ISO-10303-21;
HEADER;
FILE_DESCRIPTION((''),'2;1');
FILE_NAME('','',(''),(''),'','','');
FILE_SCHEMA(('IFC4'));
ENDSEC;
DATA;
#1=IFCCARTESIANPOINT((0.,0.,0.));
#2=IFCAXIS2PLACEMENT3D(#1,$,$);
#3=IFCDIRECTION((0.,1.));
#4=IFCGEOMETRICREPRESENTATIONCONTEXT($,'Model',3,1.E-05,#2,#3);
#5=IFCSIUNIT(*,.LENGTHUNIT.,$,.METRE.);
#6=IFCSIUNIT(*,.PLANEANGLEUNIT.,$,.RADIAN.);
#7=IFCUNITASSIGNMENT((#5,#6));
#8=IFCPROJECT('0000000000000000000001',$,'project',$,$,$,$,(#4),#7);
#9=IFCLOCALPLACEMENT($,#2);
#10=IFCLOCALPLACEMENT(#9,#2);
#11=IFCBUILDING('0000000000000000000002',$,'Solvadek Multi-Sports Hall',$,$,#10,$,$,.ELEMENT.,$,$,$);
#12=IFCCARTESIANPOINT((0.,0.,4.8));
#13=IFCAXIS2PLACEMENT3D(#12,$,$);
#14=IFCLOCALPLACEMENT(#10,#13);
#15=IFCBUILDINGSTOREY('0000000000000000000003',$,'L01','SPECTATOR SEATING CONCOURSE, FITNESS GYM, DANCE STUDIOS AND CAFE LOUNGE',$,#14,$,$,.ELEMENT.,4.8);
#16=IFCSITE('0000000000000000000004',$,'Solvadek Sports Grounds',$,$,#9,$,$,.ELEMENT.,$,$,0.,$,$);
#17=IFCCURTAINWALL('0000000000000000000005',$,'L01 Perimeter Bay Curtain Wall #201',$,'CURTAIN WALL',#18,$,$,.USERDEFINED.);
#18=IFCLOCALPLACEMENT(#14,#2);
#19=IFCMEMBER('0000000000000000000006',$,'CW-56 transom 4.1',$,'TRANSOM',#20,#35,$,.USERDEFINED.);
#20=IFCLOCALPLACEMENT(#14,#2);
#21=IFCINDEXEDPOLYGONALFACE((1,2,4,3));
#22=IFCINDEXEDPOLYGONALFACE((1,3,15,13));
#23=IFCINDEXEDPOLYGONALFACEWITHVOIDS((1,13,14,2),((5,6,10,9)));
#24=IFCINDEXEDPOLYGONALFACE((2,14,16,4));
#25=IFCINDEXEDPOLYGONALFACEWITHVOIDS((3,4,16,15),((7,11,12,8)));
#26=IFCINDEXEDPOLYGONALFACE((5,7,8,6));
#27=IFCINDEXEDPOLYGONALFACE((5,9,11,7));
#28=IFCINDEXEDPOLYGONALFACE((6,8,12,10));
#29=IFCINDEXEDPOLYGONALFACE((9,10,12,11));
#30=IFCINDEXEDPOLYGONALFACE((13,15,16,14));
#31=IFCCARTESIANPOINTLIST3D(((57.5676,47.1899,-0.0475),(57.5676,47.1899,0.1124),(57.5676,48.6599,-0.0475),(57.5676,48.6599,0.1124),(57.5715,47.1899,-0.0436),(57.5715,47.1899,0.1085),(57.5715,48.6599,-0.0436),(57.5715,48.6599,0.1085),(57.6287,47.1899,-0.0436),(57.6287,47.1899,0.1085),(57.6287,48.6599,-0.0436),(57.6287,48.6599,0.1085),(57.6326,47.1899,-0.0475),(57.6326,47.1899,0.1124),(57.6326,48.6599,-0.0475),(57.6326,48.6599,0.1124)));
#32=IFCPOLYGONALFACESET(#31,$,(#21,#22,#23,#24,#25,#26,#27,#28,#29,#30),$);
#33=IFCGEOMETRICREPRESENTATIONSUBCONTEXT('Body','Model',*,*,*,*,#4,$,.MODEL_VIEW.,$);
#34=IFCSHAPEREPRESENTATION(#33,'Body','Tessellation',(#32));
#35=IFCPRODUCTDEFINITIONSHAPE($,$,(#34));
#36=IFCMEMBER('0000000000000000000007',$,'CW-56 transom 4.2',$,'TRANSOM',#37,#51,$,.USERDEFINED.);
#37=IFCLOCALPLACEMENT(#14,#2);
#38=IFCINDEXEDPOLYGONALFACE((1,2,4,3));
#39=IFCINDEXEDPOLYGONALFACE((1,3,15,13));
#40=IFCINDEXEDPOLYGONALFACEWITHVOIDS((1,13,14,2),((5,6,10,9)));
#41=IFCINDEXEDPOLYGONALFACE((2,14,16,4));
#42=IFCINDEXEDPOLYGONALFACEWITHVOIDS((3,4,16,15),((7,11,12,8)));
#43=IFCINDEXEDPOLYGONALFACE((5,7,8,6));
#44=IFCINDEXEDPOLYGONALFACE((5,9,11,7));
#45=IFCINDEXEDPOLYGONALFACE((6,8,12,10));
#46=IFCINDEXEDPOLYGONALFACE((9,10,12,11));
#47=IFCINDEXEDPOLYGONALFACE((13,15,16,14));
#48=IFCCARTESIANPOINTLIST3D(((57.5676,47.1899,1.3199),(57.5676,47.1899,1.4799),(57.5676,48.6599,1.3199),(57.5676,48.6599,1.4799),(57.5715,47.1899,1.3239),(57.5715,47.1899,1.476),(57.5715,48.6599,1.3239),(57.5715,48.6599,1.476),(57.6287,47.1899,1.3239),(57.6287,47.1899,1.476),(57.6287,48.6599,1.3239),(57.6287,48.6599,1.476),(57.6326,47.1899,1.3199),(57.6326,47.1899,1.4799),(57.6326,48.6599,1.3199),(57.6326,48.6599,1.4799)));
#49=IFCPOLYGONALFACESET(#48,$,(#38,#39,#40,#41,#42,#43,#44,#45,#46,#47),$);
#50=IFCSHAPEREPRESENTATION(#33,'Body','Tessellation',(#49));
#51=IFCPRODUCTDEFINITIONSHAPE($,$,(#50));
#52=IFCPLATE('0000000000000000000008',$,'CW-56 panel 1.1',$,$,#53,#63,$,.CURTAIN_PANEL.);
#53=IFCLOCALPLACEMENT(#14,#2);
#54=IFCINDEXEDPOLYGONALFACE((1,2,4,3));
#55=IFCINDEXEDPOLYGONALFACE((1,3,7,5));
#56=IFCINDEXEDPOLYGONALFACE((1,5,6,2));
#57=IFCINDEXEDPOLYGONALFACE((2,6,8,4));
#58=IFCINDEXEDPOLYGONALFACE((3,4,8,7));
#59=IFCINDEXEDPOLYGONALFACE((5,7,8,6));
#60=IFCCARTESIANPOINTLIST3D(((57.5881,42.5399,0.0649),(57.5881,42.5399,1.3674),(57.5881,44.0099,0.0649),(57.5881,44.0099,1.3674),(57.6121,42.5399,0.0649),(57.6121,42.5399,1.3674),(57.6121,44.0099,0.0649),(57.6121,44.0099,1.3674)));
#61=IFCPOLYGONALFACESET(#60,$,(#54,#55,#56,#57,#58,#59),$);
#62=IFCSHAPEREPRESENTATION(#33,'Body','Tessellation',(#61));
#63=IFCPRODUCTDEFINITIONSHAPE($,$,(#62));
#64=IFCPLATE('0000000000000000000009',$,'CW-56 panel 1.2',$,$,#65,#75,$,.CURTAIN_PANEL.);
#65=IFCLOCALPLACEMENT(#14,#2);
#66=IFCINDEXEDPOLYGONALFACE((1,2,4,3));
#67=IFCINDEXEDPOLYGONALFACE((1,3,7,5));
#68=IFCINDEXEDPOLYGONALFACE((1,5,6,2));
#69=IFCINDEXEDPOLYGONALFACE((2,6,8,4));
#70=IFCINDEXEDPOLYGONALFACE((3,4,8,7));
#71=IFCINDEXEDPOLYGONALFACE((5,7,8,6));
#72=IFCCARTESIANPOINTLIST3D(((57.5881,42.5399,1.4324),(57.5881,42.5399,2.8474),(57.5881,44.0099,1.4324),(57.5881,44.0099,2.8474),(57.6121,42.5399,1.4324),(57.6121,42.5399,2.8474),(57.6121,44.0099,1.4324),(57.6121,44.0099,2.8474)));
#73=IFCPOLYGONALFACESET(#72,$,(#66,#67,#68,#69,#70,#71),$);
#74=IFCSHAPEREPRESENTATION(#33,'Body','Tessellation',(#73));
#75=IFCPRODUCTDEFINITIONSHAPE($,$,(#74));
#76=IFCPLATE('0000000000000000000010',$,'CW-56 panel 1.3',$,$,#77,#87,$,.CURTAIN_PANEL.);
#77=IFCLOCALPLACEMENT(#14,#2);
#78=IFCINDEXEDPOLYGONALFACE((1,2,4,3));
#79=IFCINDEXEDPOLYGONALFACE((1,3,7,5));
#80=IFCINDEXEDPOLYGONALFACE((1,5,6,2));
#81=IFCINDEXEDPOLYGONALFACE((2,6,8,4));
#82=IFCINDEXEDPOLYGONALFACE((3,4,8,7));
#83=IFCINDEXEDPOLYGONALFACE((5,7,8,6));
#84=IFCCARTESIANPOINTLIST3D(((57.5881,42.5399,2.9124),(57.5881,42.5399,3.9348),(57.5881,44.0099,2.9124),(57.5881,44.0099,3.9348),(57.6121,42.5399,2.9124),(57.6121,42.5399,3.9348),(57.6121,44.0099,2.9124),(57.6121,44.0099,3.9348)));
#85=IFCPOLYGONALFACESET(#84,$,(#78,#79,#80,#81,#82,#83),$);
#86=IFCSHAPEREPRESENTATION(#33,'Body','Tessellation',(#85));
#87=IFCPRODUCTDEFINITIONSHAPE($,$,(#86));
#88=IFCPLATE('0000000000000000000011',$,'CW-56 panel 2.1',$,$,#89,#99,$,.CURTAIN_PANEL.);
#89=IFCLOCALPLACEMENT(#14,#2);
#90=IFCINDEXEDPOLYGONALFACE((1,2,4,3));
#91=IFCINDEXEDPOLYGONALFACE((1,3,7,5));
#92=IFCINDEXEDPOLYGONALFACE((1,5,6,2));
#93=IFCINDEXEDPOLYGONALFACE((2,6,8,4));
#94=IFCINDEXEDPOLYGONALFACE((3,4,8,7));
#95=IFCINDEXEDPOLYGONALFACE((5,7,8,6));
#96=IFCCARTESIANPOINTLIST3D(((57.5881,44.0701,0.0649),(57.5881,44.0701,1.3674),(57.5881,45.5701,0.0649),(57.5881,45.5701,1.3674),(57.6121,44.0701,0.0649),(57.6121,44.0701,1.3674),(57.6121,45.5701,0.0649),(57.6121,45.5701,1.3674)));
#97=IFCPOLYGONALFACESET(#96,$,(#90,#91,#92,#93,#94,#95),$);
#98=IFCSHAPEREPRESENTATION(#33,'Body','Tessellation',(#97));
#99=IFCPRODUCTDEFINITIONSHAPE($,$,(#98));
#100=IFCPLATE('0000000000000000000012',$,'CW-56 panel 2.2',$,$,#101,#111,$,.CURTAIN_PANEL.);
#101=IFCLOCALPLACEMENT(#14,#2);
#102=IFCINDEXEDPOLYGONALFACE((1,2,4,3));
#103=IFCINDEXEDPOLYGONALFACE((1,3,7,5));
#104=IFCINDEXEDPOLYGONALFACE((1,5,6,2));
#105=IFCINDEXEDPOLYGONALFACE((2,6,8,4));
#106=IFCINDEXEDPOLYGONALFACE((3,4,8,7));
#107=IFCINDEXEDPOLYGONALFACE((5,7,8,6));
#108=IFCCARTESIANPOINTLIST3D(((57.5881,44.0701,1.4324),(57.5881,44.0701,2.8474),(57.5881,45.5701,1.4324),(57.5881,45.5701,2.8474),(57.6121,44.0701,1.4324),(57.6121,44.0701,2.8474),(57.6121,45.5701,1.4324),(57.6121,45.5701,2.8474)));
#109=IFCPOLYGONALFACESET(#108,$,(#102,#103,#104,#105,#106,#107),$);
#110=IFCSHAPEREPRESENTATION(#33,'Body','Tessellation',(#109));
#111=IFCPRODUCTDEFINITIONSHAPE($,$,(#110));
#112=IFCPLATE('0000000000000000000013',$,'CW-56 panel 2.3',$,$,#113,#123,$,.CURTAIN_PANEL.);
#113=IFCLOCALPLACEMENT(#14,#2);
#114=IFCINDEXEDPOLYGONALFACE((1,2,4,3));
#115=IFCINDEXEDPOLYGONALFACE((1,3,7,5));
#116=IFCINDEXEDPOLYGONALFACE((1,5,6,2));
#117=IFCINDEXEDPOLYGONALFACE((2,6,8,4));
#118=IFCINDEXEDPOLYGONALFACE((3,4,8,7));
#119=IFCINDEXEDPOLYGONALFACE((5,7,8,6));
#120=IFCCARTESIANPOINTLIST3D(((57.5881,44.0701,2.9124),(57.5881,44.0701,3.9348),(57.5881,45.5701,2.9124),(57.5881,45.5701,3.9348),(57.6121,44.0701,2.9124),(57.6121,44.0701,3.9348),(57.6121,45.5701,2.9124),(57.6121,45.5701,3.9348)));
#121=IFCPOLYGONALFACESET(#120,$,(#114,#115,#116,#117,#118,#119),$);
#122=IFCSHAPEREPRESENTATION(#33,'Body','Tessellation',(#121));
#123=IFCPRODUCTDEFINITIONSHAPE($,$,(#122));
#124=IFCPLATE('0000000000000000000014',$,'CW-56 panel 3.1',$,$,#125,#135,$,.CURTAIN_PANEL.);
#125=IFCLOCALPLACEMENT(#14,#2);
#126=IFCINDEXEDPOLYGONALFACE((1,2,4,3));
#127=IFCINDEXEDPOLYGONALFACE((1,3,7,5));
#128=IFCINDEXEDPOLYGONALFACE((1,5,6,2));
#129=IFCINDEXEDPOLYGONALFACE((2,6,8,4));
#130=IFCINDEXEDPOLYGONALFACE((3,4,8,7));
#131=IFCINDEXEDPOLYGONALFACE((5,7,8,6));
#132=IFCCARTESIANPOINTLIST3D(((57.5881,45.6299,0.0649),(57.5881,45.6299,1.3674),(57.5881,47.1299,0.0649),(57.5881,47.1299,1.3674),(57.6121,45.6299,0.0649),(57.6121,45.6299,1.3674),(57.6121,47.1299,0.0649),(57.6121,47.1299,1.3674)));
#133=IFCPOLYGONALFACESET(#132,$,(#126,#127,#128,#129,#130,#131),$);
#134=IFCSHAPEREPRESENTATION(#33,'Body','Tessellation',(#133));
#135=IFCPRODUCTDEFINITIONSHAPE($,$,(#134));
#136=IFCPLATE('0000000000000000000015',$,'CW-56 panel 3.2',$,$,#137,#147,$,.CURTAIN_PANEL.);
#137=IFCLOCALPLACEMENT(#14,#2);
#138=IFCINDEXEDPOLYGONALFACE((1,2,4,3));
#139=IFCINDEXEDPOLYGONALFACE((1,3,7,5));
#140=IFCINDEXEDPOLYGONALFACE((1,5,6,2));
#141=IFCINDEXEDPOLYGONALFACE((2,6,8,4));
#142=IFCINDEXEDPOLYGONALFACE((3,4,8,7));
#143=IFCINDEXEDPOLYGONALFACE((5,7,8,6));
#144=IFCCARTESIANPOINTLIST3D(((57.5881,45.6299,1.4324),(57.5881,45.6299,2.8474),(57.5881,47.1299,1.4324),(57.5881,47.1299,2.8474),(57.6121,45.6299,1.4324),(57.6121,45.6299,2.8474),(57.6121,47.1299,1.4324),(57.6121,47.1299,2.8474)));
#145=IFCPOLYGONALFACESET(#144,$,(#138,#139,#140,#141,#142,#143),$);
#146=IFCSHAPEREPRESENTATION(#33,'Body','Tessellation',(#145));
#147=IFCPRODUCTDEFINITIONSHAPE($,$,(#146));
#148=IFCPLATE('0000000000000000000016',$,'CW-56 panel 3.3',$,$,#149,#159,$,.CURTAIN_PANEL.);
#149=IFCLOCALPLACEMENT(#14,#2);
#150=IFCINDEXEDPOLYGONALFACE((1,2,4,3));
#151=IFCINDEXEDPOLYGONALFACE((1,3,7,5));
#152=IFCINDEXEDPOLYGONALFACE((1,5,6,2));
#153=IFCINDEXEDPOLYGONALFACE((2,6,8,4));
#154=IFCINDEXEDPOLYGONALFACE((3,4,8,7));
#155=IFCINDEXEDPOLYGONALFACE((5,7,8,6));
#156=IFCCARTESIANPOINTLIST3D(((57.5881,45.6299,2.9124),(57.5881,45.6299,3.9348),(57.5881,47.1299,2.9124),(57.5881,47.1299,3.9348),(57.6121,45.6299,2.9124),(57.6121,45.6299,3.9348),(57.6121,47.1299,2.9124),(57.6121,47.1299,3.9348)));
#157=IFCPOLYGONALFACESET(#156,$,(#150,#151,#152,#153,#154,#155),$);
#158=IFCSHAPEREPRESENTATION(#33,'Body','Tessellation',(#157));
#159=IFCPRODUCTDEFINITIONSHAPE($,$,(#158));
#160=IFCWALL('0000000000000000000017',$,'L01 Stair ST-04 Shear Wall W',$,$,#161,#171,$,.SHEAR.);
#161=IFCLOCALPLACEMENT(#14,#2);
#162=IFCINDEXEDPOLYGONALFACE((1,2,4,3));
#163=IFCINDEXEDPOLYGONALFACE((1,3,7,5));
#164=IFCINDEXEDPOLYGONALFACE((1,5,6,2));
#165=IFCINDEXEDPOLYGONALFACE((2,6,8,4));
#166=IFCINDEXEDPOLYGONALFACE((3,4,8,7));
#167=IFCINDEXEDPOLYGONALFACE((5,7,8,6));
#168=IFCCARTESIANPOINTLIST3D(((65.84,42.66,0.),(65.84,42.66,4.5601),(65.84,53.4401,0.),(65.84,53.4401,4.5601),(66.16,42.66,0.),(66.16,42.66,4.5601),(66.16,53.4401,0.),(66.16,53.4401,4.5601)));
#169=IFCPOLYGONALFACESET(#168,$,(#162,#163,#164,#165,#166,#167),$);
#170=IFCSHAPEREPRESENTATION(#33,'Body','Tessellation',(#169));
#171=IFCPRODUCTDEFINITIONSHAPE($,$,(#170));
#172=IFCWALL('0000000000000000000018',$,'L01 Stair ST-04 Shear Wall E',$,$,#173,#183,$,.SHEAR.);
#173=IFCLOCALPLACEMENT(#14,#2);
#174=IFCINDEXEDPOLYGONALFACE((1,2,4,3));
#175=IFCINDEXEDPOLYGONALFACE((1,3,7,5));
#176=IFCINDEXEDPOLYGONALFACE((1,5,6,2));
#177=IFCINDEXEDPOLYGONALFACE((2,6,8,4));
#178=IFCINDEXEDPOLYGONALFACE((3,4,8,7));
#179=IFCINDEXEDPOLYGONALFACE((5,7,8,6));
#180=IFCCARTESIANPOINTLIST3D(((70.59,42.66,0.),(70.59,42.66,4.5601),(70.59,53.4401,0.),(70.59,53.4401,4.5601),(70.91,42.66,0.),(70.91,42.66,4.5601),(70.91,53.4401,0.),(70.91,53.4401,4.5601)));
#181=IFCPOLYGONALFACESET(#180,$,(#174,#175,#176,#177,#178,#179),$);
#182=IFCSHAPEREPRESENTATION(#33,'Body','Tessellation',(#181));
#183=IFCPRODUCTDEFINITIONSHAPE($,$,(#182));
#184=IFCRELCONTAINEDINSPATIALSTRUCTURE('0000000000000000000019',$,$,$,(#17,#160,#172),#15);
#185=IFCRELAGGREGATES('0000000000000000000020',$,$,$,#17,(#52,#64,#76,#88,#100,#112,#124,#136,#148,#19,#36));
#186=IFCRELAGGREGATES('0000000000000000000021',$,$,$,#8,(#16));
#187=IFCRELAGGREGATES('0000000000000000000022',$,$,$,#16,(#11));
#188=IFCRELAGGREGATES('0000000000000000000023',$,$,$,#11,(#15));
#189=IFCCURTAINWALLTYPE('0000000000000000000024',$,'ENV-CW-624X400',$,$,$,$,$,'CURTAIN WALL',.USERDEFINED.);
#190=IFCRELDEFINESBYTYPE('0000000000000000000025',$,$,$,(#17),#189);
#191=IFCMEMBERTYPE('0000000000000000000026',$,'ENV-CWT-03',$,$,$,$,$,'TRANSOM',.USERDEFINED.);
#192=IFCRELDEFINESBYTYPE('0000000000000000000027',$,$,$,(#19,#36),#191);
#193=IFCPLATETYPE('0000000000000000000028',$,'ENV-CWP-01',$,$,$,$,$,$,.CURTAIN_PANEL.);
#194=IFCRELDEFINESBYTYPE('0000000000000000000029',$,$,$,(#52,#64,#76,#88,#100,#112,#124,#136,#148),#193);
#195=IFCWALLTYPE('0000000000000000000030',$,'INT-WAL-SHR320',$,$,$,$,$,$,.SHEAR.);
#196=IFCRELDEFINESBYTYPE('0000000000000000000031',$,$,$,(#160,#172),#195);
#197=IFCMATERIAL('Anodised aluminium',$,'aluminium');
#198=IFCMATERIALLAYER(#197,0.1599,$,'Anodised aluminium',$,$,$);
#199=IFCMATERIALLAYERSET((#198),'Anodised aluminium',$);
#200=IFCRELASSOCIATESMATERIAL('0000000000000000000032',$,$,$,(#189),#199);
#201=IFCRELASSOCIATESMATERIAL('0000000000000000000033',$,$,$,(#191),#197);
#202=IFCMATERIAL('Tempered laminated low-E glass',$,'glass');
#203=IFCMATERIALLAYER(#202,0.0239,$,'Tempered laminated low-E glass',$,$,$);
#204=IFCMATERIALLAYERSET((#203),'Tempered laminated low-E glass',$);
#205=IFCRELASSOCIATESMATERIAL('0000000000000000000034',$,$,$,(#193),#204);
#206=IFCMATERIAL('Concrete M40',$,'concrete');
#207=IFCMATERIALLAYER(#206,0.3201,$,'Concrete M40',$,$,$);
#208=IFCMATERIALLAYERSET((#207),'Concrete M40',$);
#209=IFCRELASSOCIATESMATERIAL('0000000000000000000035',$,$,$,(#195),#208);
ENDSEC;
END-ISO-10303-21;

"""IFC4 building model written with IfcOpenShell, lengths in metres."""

from ifc_helpers import new_model, si_unit, direction, frame, frame_2d, origin, origin_2d, place, context, subcontext, project, spatial, rectangle, hollow_rectangle, extrude, material, layer, layer_set, material_profile, profile_set, type_object, element, aggregate, save


model = new_model("IFC4")

# Units and contexts
model_context = context("Model", 3, precision=1e-05, world=origin(), true_north=direction((0.0, 1.0)))
body_context = subcontext(model_context, "Body", "Model", "MODEL_VIEW")
ifc_project = project(units=[si_unit("LENGTHUNIT", "METRE"), si_unit("PLANEANGLEUNIT", "RADIAN")], contexts=[model_context])

# Site, building, storey
site_placement = place(None, origin())
site = spatial("IfcSite", under=ifc_project, at=site_placement, Name="Solvadek Sports Grounds", CompositionType="ELEMENT", RefElevation=0.0)
building_placement = place(site_placement, origin())
building = spatial("IfcBuilding", under=site, at=building_placement, Name="Solvadek Multi-Sports Hall", CompositionType="ELEMENT")
storey_placement = place(building_placement, frame((0.0, 0.0, 4.8)))
storey = spatial("IfcBuildingStorey", under=building, at=storey_placement, Name="L01", Description="SPECTATOR SEATING CONCOURSE, FITNESS GYM, DANCE STUDIOS AND CAFE LOUNGE", CompositionType="ELEMENT", Elevation=4.8)

# Curtain wall, members, plates
ifc_material_1 = material(Name="Anodised aluminium", Category="aluminium")
ifc_layer_1 = layer(ifc_material_1, 0.1599, Name="Anodised aluminium")
ifc_layer_set_1 = layer_set([ifc_layer_1], Name="Anodised aluminium")
curtain_wall_type = type_object("IfcCurtainWallType", Name="ENV-CW-624X400", ElementType="CURTAIN WALL", PredefinedType="USERDEFINED", material=ifc_layer_set_1)
curtain_wall_placement = place(storey_placement, origin())
curtain_wall = element("IfcCurtainWall", 1, at=curtain_wall_placement, inside=storey, type_object=curtain_wall_type, Name="L01 Perimeter Bay Curtain Wall #201", ObjectType="CURTAIN WALL", PredefinedType="USERDEFINED")
ifc_material_profile_1 = material_profile(ifc_material_1, hollow_rectangle(XDim=0.0649, YDim=0.1599, WallThickness=0.0039, at=origin_2d()), Name="ALU-T 160x65x4")
ifc_profile_set_1 = profile_set([ifc_material_profile_1], Name="Anodised aluminium")
member_type_1 = type_object("IfcMemberType", Name="ENV-CWT-03", ElementType="TRANSOM", PredefinedType="USERDEFINED", material=ifc_profile_set_1)
member_1_placement = place(storey_placement, frame((57.6001, 47.1899, 0.0325), z_axis=(0.0, 1.0, 0.0), x_axis=(-1.0, 0.0, 0.0)))
member_1 = element("IfcMember", 2, at=member_1_placement, type_object=member_type_1, Name="CW-56 transom 4.1", ObjectType="TRANSOM", PredefinedType="USERDEFINED", context=body_context, shape_type="SweptSolid", body=[
    extrude(hollow_rectangle(XDim=0.0649, YDim=0.1599, WallThickness=0.0039, at=origin_2d()), origin(), (0.0, 0.0, 1.0), 1.47),
])
member_2_placement = place(storey_placement, frame((57.6001, 47.1899, 1.3999), z_axis=(0.0, 1.0, 0.0), x_axis=(-1.0, 0.0, 0.0)))
member_2 = element("IfcMember", 3, at=member_2_placement, type_object=member_type_1, Name="CW-56 transom 4.2", ObjectType="TRANSOM", PredefinedType="USERDEFINED", context=body_context, shape_type="SweptSolid", body=[
    extrude(hollow_rectangle(XDim=0.0649, YDim=0.1599, WallThickness=0.0039, at=origin_2d()), origin(), (0.0, 0.0, 1.0), 1.47),
])
ifc_material_2 = material(Name="Tempered laminated low-E glass", Category="glass")
ifc_layer_2 = layer(ifc_material_2, 0.0239, Name="Tempered laminated low-E glass")
ifc_layer_set_2 = layer_set([ifc_layer_2], Name="Tempered laminated low-E glass")
plate_type = type_object("IfcPlateType", Name="ENV-CWP-01", PredefinedType="CURTAIN_PANEL", material=ifc_layer_set_2)
plate_1_placement = place(storey_placement, frame((57.6001, 43.2749, 0.0649), z_axis=(0.0, 0.0, 1.0), x_axis=(0.0, 1.0, 0.0)))
plate_1 = element("IfcPlate", 4, at=plate_1_placement, type_object=plate_type, Name="CW-56 panel 1.1", PredefinedType="CURTAIN_PANEL", context=body_context, shape_type="SweptSolid", body=[
    extrude(rectangle(XDim=1.47, YDim=0.0239, at=origin_2d()), origin(), (0.0, 0.0, 1.0), 1.3025),
])
plate_2_placement = place(storey_placement, frame((57.6001, 43.2749, 1.4324), z_axis=(0.0, 0.0, 1.0), x_axis=(0.0, 1.0, 0.0)))
plate_2 = element("IfcPlate", 5, at=plate_2_placement, type_object=plate_type, Name="CW-56 panel 1.2", PredefinedType="CURTAIN_PANEL", context=body_context, shape_type="SweptSolid", body=[
    extrude(rectangle(XDim=1.47, YDim=0.0239, at=origin_2d()), origin(), (0.0, 0.0, 1.0), 1.415),
])
plate_3_placement = place(storey_placement, frame((57.6001, 43.2749, 2.9124), z_axis=(0.0, 0.0, 1.0), x_axis=(0.0, 1.0, 0.0)))
plate_3 = element("IfcPlate", 6, at=plate_3_placement, type_object=plate_type, Name="CW-56 panel 1.3", PredefinedType="CURTAIN_PANEL", context=body_context, shape_type="SweptSolid", body=[
    extrude(rectangle(XDim=1.47, YDim=0.0239, at=origin_2d()), origin(), (0.0, 0.0, 1.0), 1.0225),
])
plate_4_placement = place(storey_placement, frame((57.6001, 44.8201, 0.0649), z_axis=(0.0, 0.0, 1.0), x_axis=(0.0, 1.0, 0.0)))
plate_4 = element("IfcPlate", 7, at=plate_4_placement, type_object=plate_type, Name="CW-56 panel 2.1", PredefinedType="CURTAIN_PANEL", context=body_context, shape_type="SweptSolid", body=[
    extrude(rectangle(XDim=1.5, YDim=0.0239, at=origin_2d()), origin(), (0.0, 0.0, 1.0), 1.3025),
])
plate_5_placement = place(storey_placement, frame((57.6001, 44.8201, 1.4324), z_axis=(0.0, 0.0, 1.0), x_axis=(0.0, 1.0, 0.0)))
plate_5 = element("IfcPlate", 8, at=plate_5_placement, type_object=plate_type, Name="CW-56 panel 2.2", PredefinedType="CURTAIN_PANEL", context=body_context, shape_type="SweptSolid", body=[
    extrude(rectangle(XDim=1.5, YDim=0.0239, at=origin_2d()), origin(), (0.0, 0.0, 1.0), 1.415),
])
plate_6_placement = place(storey_placement, frame((57.6001, 44.8201, 2.9124), z_axis=(0.0, 0.0, 1.0), x_axis=(0.0, 1.0, 0.0)))
plate_6 = element("IfcPlate", 9, at=plate_6_placement, type_object=plate_type, Name="CW-56 panel 2.3", PredefinedType="CURTAIN_PANEL", context=body_context, shape_type="SweptSolid", body=[
    extrude(rectangle(XDim=1.5, YDim=0.0239, at=origin_2d()), origin(), (0.0, 0.0, 1.0), 1.0225),
])
plate_7_placement = place(storey_placement, frame((57.6001, 46.3799, 0.0649), z_axis=(0.0, 0.0, 1.0), x_axis=(0.0, 1.0, 0.0)))
plate_7 = element("IfcPlate", 10, at=plate_7_placement, type_object=plate_type, Name="CW-56 panel 3.1", PredefinedType="CURTAIN_PANEL", context=body_context, shape_type="SweptSolid", body=[
    extrude(rectangle(XDim=1.5, YDim=0.0239, at=origin_2d()), origin(), (0.0, 0.0, 1.0), 1.3025),
])
plate_8_placement = place(storey_placement, frame((57.6001, 46.3799, 1.4324), z_axis=(0.0, 0.0, 1.0), x_axis=(0.0, 1.0, 0.0)))
plate_8 = element("IfcPlate", 11, at=plate_8_placement, type_object=plate_type, Name="CW-56 panel 3.2", PredefinedType="CURTAIN_PANEL", context=body_context, shape_type="SweptSolid", body=[
    extrude(rectangle(XDim=1.5, YDim=0.0239, at=origin_2d()), origin(), (0.0, 0.0, 1.0), 1.415),
])
plate_9_placement = place(storey_placement, frame((57.6001, 46.3799, 2.9124), z_axis=(0.0, 0.0, 1.0), x_axis=(0.0, 1.0, 0.0)))
plate_9 = element("IfcPlate", 12, at=plate_9_placement, type_object=plate_type, Name="CW-56 panel 3.3", PredefinedType="CURTAIN_PANEL", context=body_context, shape_type="SweptSolid", body=[
    extrude(rectangle(XDim=1.5, YDim=0.0239, at=origin_2d()), origin(), (0.0, 0.0, 1.0), 1.0225),
])
aggregate(curtain_wall, [plate_1, plate_2, plate_3, plate_4, plate_5, plate_6, plate_7, plate_8, plate_9, member_1, member_2])

# Walls
ifc_material_3 = material(Name="Concrete M40", Category="concrete")
ifc_layer_3 = layer(ifc_material_3, 0.3201, Name="Concrete M40")
ifc_layer_set_3 = layer_set([ifc_layer_3], Name="Concrete M40")
wall_type = type_object("IfcWallType", Name="INT-WAL-SHR320", PredefinedType="SHEAR", material=ifc_layer_set_3)
for number, where, z_axis, x_axis, name in (
    (13, (66.0, 42.6599, 0.0), (0.0, 0.0, 1.0), (0.0, 1.0, 0.0), "L01 Stair ST-04 Shear Wall W"),
    (14, (70.75, 42.6599, 0.0), (0.0, 0.0, 1.0), (0.0, 1.0, 0.0), "L01 Stair ST-04 Shear Wall E"),
):
    element("IfcWall", number, at=place(storey_placement, frame(where, z_axis=z_axis, x_axis=x_axis)), inside=storey, type_object=wall_type, Name=name, PredefinedType="SHEAR", context=body_context, shape_type="SweptSolid", body=[
        extrude(rectangle(XDim=10.78, YDim=0.3201, at=frame_2d((5.3901, 0.0))), origin(), (0.0, 0.0, 1.0), 4.5601),
    ])

save(model, "model.ifc")
